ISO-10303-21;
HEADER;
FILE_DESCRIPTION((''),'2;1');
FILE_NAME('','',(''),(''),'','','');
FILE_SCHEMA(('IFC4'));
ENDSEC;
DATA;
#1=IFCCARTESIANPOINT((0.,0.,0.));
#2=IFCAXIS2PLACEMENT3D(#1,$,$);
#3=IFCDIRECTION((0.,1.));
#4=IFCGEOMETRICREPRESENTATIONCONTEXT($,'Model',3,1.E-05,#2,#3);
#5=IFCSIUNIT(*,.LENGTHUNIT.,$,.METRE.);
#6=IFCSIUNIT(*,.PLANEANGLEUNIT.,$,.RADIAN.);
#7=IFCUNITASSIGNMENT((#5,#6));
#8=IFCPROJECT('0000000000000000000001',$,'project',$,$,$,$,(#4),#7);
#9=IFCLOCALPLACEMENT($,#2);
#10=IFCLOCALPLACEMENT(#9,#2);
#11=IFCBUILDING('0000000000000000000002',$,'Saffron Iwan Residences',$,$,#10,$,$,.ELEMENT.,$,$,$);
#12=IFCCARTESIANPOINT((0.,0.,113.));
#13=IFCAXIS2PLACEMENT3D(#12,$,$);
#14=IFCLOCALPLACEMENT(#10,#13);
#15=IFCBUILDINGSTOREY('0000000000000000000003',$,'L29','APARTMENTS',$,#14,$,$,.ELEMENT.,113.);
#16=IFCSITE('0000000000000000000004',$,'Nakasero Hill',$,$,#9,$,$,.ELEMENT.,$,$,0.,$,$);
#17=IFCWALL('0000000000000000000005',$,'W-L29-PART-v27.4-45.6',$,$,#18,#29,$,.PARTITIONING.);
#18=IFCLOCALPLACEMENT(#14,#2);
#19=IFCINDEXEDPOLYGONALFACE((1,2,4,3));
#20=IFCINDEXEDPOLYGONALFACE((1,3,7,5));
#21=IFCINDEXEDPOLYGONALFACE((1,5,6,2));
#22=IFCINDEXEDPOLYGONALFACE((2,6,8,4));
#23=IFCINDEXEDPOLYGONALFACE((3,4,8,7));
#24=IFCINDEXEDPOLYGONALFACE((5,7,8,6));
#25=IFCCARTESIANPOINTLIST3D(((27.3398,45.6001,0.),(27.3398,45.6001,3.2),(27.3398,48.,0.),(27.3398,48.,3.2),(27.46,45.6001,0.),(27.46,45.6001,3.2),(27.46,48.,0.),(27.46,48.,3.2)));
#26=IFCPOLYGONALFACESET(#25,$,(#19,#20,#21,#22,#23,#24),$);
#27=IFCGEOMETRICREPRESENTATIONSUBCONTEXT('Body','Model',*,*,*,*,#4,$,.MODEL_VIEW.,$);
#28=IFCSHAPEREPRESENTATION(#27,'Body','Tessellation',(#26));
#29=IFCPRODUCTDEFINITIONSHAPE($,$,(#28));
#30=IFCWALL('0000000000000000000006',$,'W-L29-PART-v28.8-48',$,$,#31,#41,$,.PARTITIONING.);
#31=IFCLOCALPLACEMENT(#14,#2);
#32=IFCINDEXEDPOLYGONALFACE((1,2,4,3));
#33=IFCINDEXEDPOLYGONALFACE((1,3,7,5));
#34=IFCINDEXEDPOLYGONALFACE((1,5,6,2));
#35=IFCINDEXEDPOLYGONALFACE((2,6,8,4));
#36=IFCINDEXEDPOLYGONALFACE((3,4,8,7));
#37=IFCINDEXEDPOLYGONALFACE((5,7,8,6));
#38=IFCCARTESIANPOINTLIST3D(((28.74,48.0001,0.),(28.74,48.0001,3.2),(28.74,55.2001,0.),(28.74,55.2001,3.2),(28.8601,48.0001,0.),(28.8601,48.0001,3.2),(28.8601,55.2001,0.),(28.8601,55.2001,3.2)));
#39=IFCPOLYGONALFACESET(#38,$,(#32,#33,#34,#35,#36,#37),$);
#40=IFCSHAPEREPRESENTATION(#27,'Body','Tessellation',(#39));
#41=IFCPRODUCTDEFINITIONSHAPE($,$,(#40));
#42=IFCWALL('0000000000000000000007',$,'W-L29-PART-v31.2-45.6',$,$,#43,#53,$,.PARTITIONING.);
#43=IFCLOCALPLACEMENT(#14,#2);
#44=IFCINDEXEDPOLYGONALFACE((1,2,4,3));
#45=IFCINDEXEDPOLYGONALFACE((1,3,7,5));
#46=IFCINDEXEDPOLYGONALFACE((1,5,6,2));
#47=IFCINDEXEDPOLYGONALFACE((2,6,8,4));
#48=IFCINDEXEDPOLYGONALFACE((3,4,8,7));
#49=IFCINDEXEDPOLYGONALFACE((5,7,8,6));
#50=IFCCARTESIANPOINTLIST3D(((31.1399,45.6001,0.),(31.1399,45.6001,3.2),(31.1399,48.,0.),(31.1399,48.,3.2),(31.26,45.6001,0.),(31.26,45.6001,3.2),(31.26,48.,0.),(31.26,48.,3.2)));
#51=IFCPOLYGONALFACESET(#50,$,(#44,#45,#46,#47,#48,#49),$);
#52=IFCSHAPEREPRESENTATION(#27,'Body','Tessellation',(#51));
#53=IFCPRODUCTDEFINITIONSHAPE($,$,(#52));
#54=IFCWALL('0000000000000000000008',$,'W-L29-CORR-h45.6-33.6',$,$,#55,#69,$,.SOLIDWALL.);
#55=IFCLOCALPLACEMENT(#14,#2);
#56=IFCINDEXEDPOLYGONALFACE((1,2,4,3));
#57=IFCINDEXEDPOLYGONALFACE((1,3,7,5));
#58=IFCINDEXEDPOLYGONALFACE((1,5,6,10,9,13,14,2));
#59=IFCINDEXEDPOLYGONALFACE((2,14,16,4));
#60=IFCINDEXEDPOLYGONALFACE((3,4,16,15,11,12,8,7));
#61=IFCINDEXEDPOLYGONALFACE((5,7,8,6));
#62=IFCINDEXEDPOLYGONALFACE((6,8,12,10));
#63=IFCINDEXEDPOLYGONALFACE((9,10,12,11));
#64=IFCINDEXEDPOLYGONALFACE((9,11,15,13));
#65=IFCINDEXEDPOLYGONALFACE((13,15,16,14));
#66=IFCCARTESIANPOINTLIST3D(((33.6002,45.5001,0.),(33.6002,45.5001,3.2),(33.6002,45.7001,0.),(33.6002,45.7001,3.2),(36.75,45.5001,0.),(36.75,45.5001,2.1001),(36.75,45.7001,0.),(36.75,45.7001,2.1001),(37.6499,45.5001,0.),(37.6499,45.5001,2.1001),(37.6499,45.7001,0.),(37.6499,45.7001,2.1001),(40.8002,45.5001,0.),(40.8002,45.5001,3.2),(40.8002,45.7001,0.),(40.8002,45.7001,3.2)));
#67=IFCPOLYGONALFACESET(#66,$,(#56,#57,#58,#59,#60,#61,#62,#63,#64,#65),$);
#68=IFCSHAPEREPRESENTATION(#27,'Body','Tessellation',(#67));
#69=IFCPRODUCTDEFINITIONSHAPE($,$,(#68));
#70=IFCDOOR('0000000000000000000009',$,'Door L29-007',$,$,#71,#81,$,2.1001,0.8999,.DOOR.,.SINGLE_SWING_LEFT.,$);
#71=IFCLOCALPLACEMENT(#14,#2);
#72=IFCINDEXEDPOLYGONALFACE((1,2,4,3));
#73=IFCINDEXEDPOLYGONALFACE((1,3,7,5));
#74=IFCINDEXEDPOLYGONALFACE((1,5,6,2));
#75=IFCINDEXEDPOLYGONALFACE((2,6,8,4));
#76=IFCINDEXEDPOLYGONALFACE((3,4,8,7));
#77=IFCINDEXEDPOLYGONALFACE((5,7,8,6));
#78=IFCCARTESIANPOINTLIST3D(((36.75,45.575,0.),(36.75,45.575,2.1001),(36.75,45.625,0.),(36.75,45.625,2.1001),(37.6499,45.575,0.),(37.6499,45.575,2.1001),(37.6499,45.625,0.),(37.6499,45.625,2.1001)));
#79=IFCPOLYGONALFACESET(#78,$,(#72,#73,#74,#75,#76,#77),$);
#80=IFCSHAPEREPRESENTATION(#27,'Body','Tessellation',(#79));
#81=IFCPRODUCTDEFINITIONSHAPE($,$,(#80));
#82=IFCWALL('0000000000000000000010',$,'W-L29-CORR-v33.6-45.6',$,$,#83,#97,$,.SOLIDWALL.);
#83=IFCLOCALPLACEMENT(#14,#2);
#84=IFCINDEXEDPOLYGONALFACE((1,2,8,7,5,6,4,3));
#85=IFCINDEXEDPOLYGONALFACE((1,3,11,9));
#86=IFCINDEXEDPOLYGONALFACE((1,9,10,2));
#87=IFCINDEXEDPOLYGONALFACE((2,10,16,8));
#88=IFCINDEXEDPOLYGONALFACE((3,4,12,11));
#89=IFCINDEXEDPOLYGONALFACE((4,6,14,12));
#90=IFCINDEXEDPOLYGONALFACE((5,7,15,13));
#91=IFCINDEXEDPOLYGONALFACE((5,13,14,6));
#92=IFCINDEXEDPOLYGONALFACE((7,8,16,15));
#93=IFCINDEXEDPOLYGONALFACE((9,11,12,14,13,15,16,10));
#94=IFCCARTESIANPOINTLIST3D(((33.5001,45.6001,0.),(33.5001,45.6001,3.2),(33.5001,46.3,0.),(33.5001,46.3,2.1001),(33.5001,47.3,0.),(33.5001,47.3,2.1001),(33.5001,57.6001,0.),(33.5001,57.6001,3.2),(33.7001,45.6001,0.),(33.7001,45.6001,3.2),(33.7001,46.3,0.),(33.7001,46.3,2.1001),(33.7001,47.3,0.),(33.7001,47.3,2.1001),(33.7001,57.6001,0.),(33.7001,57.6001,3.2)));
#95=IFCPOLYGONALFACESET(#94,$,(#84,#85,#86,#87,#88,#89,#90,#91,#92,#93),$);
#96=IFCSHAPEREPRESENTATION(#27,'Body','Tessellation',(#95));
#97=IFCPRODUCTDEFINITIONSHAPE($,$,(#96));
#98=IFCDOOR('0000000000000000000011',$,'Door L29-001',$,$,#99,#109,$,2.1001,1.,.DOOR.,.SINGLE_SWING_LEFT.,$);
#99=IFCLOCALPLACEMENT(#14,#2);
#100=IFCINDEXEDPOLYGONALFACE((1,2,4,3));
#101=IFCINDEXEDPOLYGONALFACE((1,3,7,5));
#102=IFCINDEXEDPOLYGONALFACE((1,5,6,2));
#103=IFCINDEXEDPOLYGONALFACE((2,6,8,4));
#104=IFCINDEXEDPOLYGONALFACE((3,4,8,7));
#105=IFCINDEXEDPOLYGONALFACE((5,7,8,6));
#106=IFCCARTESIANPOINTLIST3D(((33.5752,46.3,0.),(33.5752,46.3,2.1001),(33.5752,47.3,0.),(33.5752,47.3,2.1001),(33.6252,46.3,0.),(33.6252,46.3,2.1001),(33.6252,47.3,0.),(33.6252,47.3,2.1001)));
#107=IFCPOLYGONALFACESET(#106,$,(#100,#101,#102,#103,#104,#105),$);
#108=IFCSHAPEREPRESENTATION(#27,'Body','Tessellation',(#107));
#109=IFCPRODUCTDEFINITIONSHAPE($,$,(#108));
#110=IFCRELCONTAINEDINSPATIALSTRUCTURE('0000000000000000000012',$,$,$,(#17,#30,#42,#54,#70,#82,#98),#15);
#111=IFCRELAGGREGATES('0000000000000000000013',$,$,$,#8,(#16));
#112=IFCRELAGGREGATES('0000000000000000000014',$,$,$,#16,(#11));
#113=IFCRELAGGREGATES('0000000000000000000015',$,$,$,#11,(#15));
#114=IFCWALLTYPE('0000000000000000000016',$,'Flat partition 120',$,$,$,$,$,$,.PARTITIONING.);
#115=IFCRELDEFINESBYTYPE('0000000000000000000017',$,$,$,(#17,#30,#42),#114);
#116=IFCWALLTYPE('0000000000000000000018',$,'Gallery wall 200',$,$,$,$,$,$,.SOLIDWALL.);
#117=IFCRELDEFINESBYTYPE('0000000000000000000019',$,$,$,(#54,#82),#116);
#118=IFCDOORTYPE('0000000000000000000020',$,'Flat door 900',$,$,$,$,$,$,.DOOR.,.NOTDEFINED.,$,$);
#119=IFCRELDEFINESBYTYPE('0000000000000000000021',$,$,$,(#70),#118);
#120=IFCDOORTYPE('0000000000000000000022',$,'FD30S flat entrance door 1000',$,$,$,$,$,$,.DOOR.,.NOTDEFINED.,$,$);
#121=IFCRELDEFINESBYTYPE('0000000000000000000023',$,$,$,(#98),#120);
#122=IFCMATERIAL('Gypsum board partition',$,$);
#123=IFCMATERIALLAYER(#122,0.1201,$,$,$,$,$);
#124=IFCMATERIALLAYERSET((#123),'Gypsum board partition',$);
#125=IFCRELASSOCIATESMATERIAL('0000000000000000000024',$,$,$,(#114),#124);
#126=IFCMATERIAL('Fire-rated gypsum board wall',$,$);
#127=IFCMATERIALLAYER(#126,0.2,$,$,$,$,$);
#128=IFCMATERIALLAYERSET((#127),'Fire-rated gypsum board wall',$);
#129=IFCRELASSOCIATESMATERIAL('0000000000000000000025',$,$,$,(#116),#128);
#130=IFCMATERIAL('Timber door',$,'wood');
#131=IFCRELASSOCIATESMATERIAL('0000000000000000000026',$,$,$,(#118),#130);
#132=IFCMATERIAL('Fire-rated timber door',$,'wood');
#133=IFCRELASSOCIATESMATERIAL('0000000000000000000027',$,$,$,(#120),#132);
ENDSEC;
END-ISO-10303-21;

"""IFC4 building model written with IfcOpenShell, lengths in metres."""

from ifc_helpers import new_model, si_unit, direction, frame, frame_2d, origin, place, context, subcontext, project, spatial, rectangle, extrude, material, layer, layer_set, type_object, element, fill, save


model = new_model("IFC4")

# Units and contexts
model_context = context("Model", 3, precision=1e-05, world=origin(), true_north=direction((0.0, 1.0)))
body_context = subcontext(model_context, "Body", "Model", "MODEL_VIEW")
ifc_project = project(units=[si_unit("LENGTHUNIT", "METRE"), si_unit("PLANEANGLEUNIT", "RADIAN")], contexts=[model_context])

# Site, building, storey
site_placement = place(None, origin())
site = spatial("IfcSite", under=ifc_project, at=site_placement, Name="Nakasero Hill", CompositionType="ELEMENT", RefElevation=0.0)
building_placement = place(site_placement, origin())
building = spatial("IfcBuilding", under=site, at=building_placement, Name="Saffron Iwan Residences", CompositionType="ELEMENT")
storey_placement = place(building_placement, frame((0.0, 0.0, 113.0)))
storey = spatial("IfcBuildingStorey", under=building, at=storey_placement, Name="L29", Description="APARTMENTS", CompositionType="ELEMENT", Elevation=113.0)

# Walls
ifc_material_1 = material(Name="Gypsum board partition")
ifc_layer_1 = layer(ifc_material_1, 0.1201)
ifc_layer_set_1 = layer_set([ifc_layer_1], Name="Gypsum board partition")
wall_type_1 = type_object("IfcWallType", Name="Flat partition 120", PredefinedType="PARTITIONING", material=ifc_layer_set_1)
wall_1_placement = place(storey_placement, frame((27.3999, 45.6001, 0.0), z_axis=(0.0, 0.0, 1.0), x_axis=(0.0, 1.0, 0.0)))
element("IfcWall", 1, at=wall_1_placement, inside=storey, type_object=wall_type_1, Name="W-L29-PART-v27.4-45.6", PredefinedType="PARTITIONING", context=body_context, shape_type="SweptSolid", body=[
    extrude(rectangle(XDim=2.3999, YDim=0.1201, at=frame_2d((1.2, 0.0))), origin(), (0.0, 0.0, 1.0), 3.2),
])
wall_2_placement = place(storey_placement, frame((28.8, 48.0, 0.0), z_axis=(0.0, 0.0, 1.0), x_axis=(0.0, 1.0, 0.0)))
element("IfcWall", 2, at=wall_2_placement, inside=storey, type_object=wall_type_1, Name="W-L29-PART-v28.8-48", PredefinedType="PARTITIONING", context=body_context, shape_type="SweptSolid", body=[
    extrude(rectangle(XDim=7.2, YDim=0.1201, at=frame_2d((3.6001, 0.0))), origin(), (0.0, 0.0, 1.0), 3.2),
])
wall_3_placement = place(storey_placement, frame((31.2, 45.6001, 0.0), z_axis=(0.0, 0.0, 1.0), x_axis=(0.0, 1.0, 0.0)))
element("IfcWall", 3, at=wall_3_placement, inside=storey, type_object=wall_type_1, Name="W-L29-PART-v31.2-45.6", PredefinedType="PARTITIONING", context=body_context, shape_type="SweptSolid", body=[
    extrude(rectangle(XDim=2.3999, YDim=0.1201, at=frame_2d((1.2, 0.0))), origin(), (0.0, 0.0, 1.0), 3.2),
])

# Walls, openings, doors
ifc_material_2 = material(Name="Fire-rated gypsum board wall")
ifc_layer_2 = layer(ifc_material_2, 0.2)
ifc_layer_set_2 = layer_set([ifc_layer_2], Name="Fire-rated gypsum board wall")
wall_type_2 = type_object("IfcWallType", Name="Gallery wall 200", PredefinedType="SOLIDWALL", material=ifc_layer_set_2)
wall_4_placement = place(storey_placement, frame((33.6001, 45.6001, 0.0), z_axis=(0.0, 0.0, 1.0), x_axis=(1.0, 0.0, 0.0)))
wall_4 = element("IfcWall", 4, at=wall_4_placement, inside=storey, type_object=wall_type_2, Name="W-L29-CORR-h45.6-33.6", PredefinedType="SOLIDWALL", context=body_context, shape_type="SweptSolid", body=[
    extrude(rectangle(XDim=7.2, YDim=0.2, at=frame_2d((3.6001, 0.0))), origin(), (0.0, 0.0, 1.0), 3.2),
])
opening_1_placement = place(wall_4_placement, frame((3.1499, 0.0, 0.0)))
opening_1 = element("IfcOpeningElement", 5, at=opening_1_placement, cuts=wall_4, PredefinedType="OPENING", context=body_context, shape_type="SweptSolid", body=[
    extrude(rectangle(XDim=0.8999, YDim=2.1001, at=frame_2d((0.45, 1.05))), frame((0.0, 0.1099, 0.0), z_axis=(0.0, -1.0, 0.0), x_axis=(1.0, 0.0, 0.0)), (0.0, 0.0, 1.0), 0.22),
])
ifc_material_3 = material(Name="Timber door", Category="wood")
door_type_1 = type_object("IfcDoorType", Name="Flat door 900", OperationType="NOTDEFINED", PredefinedType="DOOR", material=ifc_material_3)
door_1_placement = place(opening_1_placement, origin())
door_1 = element("IfcDoor", 6, at=door_1_placement, inside=storey, type_object=door_type_1, Name="Door L29-007", OperationType="SINGLE_SWING_LEFT", OverallHeight=2.1001, OverallWidth=0.8999, PredefinedType="DOOR", context=body_context, shape_type="SweptSolid", body=[
    extrude(rectangle(XDim=0.8999, YDim=2.1001, at=frame_2d((0.45, 1.05))), frame((0.0, 0.0249, 0.0), z_axis=(0.0, -1.0, 0.0), x_axis=(1.0, 0.0, 0.0)), (0.0, 0.0, 1.0), 0.05),
])
fill(opening_1, door_1)
wall_5_placement = place(storey_placement, frame((33.6001, 45.6001, 0.0), z_axis=(0.0, 0.0, 1.0), x_axis=(0.0, 1.0, 0.0)))
wall_5 = element("IfcWall", 7, at=wall_5_placement, inside=storey, type_object=wall_type_2, Name="W-L29-CORR-v33.6-45.6", PredefinedType="SOLIDWALL", context=body_context, shape_type="SweptSolid", body=[
    extrude(rectangle(XDim=12.0, YDim=0.2, at=frame_2d((6.0, 0.0))), origin(), (0.0, 0.0, 1.0), 3.2),
])
opening_2_placement = place(wall_5_placement, frame((0.7, 0.0, 0.0)))
opening_2 = element("IfcOpeningElement", 8, at=opening_2_placement, cuts=wall_5, PredefinedType="OPENING", context=body_context, shape_type="SweptSolid", body=[
    extrude(rectangle(XDim=1.0, YDim=2.1001, at=frame_2d((0.5, 1.05))), frame((0.0, 0.1099, 0.0), z_axis=(0.0, -1.0, 0.0), x_axis=(1.0, 0.0, 0.0)), (0.0, 0.0, 1.0), 0.22),
])
ifc_material_4 = material(Name="Fire-rated timber door", Category="wood")
door_type_2 = type_object("IfcDoorType", Name="FD30S flat entrance door 1000", OperationType="NOTDEFINED", PredefinedType="DOOR", material=ifc_material_4)
door_2_placement = place(opening_2_placement, origin())
door_2 = element("IfcDoor", 9, at=door_2_placement, inside=storey, type_object=door_type_2, Name="Door L29-001", OperationType="SINGLE_SWING_LEFT", OverallHeight=2.1001, OverallWidth=1.0, PredefinedType="DOOR", context=body_context, shape_type="SweptSolid", body=[
    extrude(rectangle(XDim=1.0, YDim=2.1001, at=frame_2d((0.5, 1.05))), frame((0.0, 0.0249, 0.0), z_axis=(0.0, -1.0, 0.0), x_axis=(1.0, 0.0, 0.0)), (0.0, 0.0, 1.0), 0.05),
])
fill(opening_2, door_2)

save(model, "model.ifc")
